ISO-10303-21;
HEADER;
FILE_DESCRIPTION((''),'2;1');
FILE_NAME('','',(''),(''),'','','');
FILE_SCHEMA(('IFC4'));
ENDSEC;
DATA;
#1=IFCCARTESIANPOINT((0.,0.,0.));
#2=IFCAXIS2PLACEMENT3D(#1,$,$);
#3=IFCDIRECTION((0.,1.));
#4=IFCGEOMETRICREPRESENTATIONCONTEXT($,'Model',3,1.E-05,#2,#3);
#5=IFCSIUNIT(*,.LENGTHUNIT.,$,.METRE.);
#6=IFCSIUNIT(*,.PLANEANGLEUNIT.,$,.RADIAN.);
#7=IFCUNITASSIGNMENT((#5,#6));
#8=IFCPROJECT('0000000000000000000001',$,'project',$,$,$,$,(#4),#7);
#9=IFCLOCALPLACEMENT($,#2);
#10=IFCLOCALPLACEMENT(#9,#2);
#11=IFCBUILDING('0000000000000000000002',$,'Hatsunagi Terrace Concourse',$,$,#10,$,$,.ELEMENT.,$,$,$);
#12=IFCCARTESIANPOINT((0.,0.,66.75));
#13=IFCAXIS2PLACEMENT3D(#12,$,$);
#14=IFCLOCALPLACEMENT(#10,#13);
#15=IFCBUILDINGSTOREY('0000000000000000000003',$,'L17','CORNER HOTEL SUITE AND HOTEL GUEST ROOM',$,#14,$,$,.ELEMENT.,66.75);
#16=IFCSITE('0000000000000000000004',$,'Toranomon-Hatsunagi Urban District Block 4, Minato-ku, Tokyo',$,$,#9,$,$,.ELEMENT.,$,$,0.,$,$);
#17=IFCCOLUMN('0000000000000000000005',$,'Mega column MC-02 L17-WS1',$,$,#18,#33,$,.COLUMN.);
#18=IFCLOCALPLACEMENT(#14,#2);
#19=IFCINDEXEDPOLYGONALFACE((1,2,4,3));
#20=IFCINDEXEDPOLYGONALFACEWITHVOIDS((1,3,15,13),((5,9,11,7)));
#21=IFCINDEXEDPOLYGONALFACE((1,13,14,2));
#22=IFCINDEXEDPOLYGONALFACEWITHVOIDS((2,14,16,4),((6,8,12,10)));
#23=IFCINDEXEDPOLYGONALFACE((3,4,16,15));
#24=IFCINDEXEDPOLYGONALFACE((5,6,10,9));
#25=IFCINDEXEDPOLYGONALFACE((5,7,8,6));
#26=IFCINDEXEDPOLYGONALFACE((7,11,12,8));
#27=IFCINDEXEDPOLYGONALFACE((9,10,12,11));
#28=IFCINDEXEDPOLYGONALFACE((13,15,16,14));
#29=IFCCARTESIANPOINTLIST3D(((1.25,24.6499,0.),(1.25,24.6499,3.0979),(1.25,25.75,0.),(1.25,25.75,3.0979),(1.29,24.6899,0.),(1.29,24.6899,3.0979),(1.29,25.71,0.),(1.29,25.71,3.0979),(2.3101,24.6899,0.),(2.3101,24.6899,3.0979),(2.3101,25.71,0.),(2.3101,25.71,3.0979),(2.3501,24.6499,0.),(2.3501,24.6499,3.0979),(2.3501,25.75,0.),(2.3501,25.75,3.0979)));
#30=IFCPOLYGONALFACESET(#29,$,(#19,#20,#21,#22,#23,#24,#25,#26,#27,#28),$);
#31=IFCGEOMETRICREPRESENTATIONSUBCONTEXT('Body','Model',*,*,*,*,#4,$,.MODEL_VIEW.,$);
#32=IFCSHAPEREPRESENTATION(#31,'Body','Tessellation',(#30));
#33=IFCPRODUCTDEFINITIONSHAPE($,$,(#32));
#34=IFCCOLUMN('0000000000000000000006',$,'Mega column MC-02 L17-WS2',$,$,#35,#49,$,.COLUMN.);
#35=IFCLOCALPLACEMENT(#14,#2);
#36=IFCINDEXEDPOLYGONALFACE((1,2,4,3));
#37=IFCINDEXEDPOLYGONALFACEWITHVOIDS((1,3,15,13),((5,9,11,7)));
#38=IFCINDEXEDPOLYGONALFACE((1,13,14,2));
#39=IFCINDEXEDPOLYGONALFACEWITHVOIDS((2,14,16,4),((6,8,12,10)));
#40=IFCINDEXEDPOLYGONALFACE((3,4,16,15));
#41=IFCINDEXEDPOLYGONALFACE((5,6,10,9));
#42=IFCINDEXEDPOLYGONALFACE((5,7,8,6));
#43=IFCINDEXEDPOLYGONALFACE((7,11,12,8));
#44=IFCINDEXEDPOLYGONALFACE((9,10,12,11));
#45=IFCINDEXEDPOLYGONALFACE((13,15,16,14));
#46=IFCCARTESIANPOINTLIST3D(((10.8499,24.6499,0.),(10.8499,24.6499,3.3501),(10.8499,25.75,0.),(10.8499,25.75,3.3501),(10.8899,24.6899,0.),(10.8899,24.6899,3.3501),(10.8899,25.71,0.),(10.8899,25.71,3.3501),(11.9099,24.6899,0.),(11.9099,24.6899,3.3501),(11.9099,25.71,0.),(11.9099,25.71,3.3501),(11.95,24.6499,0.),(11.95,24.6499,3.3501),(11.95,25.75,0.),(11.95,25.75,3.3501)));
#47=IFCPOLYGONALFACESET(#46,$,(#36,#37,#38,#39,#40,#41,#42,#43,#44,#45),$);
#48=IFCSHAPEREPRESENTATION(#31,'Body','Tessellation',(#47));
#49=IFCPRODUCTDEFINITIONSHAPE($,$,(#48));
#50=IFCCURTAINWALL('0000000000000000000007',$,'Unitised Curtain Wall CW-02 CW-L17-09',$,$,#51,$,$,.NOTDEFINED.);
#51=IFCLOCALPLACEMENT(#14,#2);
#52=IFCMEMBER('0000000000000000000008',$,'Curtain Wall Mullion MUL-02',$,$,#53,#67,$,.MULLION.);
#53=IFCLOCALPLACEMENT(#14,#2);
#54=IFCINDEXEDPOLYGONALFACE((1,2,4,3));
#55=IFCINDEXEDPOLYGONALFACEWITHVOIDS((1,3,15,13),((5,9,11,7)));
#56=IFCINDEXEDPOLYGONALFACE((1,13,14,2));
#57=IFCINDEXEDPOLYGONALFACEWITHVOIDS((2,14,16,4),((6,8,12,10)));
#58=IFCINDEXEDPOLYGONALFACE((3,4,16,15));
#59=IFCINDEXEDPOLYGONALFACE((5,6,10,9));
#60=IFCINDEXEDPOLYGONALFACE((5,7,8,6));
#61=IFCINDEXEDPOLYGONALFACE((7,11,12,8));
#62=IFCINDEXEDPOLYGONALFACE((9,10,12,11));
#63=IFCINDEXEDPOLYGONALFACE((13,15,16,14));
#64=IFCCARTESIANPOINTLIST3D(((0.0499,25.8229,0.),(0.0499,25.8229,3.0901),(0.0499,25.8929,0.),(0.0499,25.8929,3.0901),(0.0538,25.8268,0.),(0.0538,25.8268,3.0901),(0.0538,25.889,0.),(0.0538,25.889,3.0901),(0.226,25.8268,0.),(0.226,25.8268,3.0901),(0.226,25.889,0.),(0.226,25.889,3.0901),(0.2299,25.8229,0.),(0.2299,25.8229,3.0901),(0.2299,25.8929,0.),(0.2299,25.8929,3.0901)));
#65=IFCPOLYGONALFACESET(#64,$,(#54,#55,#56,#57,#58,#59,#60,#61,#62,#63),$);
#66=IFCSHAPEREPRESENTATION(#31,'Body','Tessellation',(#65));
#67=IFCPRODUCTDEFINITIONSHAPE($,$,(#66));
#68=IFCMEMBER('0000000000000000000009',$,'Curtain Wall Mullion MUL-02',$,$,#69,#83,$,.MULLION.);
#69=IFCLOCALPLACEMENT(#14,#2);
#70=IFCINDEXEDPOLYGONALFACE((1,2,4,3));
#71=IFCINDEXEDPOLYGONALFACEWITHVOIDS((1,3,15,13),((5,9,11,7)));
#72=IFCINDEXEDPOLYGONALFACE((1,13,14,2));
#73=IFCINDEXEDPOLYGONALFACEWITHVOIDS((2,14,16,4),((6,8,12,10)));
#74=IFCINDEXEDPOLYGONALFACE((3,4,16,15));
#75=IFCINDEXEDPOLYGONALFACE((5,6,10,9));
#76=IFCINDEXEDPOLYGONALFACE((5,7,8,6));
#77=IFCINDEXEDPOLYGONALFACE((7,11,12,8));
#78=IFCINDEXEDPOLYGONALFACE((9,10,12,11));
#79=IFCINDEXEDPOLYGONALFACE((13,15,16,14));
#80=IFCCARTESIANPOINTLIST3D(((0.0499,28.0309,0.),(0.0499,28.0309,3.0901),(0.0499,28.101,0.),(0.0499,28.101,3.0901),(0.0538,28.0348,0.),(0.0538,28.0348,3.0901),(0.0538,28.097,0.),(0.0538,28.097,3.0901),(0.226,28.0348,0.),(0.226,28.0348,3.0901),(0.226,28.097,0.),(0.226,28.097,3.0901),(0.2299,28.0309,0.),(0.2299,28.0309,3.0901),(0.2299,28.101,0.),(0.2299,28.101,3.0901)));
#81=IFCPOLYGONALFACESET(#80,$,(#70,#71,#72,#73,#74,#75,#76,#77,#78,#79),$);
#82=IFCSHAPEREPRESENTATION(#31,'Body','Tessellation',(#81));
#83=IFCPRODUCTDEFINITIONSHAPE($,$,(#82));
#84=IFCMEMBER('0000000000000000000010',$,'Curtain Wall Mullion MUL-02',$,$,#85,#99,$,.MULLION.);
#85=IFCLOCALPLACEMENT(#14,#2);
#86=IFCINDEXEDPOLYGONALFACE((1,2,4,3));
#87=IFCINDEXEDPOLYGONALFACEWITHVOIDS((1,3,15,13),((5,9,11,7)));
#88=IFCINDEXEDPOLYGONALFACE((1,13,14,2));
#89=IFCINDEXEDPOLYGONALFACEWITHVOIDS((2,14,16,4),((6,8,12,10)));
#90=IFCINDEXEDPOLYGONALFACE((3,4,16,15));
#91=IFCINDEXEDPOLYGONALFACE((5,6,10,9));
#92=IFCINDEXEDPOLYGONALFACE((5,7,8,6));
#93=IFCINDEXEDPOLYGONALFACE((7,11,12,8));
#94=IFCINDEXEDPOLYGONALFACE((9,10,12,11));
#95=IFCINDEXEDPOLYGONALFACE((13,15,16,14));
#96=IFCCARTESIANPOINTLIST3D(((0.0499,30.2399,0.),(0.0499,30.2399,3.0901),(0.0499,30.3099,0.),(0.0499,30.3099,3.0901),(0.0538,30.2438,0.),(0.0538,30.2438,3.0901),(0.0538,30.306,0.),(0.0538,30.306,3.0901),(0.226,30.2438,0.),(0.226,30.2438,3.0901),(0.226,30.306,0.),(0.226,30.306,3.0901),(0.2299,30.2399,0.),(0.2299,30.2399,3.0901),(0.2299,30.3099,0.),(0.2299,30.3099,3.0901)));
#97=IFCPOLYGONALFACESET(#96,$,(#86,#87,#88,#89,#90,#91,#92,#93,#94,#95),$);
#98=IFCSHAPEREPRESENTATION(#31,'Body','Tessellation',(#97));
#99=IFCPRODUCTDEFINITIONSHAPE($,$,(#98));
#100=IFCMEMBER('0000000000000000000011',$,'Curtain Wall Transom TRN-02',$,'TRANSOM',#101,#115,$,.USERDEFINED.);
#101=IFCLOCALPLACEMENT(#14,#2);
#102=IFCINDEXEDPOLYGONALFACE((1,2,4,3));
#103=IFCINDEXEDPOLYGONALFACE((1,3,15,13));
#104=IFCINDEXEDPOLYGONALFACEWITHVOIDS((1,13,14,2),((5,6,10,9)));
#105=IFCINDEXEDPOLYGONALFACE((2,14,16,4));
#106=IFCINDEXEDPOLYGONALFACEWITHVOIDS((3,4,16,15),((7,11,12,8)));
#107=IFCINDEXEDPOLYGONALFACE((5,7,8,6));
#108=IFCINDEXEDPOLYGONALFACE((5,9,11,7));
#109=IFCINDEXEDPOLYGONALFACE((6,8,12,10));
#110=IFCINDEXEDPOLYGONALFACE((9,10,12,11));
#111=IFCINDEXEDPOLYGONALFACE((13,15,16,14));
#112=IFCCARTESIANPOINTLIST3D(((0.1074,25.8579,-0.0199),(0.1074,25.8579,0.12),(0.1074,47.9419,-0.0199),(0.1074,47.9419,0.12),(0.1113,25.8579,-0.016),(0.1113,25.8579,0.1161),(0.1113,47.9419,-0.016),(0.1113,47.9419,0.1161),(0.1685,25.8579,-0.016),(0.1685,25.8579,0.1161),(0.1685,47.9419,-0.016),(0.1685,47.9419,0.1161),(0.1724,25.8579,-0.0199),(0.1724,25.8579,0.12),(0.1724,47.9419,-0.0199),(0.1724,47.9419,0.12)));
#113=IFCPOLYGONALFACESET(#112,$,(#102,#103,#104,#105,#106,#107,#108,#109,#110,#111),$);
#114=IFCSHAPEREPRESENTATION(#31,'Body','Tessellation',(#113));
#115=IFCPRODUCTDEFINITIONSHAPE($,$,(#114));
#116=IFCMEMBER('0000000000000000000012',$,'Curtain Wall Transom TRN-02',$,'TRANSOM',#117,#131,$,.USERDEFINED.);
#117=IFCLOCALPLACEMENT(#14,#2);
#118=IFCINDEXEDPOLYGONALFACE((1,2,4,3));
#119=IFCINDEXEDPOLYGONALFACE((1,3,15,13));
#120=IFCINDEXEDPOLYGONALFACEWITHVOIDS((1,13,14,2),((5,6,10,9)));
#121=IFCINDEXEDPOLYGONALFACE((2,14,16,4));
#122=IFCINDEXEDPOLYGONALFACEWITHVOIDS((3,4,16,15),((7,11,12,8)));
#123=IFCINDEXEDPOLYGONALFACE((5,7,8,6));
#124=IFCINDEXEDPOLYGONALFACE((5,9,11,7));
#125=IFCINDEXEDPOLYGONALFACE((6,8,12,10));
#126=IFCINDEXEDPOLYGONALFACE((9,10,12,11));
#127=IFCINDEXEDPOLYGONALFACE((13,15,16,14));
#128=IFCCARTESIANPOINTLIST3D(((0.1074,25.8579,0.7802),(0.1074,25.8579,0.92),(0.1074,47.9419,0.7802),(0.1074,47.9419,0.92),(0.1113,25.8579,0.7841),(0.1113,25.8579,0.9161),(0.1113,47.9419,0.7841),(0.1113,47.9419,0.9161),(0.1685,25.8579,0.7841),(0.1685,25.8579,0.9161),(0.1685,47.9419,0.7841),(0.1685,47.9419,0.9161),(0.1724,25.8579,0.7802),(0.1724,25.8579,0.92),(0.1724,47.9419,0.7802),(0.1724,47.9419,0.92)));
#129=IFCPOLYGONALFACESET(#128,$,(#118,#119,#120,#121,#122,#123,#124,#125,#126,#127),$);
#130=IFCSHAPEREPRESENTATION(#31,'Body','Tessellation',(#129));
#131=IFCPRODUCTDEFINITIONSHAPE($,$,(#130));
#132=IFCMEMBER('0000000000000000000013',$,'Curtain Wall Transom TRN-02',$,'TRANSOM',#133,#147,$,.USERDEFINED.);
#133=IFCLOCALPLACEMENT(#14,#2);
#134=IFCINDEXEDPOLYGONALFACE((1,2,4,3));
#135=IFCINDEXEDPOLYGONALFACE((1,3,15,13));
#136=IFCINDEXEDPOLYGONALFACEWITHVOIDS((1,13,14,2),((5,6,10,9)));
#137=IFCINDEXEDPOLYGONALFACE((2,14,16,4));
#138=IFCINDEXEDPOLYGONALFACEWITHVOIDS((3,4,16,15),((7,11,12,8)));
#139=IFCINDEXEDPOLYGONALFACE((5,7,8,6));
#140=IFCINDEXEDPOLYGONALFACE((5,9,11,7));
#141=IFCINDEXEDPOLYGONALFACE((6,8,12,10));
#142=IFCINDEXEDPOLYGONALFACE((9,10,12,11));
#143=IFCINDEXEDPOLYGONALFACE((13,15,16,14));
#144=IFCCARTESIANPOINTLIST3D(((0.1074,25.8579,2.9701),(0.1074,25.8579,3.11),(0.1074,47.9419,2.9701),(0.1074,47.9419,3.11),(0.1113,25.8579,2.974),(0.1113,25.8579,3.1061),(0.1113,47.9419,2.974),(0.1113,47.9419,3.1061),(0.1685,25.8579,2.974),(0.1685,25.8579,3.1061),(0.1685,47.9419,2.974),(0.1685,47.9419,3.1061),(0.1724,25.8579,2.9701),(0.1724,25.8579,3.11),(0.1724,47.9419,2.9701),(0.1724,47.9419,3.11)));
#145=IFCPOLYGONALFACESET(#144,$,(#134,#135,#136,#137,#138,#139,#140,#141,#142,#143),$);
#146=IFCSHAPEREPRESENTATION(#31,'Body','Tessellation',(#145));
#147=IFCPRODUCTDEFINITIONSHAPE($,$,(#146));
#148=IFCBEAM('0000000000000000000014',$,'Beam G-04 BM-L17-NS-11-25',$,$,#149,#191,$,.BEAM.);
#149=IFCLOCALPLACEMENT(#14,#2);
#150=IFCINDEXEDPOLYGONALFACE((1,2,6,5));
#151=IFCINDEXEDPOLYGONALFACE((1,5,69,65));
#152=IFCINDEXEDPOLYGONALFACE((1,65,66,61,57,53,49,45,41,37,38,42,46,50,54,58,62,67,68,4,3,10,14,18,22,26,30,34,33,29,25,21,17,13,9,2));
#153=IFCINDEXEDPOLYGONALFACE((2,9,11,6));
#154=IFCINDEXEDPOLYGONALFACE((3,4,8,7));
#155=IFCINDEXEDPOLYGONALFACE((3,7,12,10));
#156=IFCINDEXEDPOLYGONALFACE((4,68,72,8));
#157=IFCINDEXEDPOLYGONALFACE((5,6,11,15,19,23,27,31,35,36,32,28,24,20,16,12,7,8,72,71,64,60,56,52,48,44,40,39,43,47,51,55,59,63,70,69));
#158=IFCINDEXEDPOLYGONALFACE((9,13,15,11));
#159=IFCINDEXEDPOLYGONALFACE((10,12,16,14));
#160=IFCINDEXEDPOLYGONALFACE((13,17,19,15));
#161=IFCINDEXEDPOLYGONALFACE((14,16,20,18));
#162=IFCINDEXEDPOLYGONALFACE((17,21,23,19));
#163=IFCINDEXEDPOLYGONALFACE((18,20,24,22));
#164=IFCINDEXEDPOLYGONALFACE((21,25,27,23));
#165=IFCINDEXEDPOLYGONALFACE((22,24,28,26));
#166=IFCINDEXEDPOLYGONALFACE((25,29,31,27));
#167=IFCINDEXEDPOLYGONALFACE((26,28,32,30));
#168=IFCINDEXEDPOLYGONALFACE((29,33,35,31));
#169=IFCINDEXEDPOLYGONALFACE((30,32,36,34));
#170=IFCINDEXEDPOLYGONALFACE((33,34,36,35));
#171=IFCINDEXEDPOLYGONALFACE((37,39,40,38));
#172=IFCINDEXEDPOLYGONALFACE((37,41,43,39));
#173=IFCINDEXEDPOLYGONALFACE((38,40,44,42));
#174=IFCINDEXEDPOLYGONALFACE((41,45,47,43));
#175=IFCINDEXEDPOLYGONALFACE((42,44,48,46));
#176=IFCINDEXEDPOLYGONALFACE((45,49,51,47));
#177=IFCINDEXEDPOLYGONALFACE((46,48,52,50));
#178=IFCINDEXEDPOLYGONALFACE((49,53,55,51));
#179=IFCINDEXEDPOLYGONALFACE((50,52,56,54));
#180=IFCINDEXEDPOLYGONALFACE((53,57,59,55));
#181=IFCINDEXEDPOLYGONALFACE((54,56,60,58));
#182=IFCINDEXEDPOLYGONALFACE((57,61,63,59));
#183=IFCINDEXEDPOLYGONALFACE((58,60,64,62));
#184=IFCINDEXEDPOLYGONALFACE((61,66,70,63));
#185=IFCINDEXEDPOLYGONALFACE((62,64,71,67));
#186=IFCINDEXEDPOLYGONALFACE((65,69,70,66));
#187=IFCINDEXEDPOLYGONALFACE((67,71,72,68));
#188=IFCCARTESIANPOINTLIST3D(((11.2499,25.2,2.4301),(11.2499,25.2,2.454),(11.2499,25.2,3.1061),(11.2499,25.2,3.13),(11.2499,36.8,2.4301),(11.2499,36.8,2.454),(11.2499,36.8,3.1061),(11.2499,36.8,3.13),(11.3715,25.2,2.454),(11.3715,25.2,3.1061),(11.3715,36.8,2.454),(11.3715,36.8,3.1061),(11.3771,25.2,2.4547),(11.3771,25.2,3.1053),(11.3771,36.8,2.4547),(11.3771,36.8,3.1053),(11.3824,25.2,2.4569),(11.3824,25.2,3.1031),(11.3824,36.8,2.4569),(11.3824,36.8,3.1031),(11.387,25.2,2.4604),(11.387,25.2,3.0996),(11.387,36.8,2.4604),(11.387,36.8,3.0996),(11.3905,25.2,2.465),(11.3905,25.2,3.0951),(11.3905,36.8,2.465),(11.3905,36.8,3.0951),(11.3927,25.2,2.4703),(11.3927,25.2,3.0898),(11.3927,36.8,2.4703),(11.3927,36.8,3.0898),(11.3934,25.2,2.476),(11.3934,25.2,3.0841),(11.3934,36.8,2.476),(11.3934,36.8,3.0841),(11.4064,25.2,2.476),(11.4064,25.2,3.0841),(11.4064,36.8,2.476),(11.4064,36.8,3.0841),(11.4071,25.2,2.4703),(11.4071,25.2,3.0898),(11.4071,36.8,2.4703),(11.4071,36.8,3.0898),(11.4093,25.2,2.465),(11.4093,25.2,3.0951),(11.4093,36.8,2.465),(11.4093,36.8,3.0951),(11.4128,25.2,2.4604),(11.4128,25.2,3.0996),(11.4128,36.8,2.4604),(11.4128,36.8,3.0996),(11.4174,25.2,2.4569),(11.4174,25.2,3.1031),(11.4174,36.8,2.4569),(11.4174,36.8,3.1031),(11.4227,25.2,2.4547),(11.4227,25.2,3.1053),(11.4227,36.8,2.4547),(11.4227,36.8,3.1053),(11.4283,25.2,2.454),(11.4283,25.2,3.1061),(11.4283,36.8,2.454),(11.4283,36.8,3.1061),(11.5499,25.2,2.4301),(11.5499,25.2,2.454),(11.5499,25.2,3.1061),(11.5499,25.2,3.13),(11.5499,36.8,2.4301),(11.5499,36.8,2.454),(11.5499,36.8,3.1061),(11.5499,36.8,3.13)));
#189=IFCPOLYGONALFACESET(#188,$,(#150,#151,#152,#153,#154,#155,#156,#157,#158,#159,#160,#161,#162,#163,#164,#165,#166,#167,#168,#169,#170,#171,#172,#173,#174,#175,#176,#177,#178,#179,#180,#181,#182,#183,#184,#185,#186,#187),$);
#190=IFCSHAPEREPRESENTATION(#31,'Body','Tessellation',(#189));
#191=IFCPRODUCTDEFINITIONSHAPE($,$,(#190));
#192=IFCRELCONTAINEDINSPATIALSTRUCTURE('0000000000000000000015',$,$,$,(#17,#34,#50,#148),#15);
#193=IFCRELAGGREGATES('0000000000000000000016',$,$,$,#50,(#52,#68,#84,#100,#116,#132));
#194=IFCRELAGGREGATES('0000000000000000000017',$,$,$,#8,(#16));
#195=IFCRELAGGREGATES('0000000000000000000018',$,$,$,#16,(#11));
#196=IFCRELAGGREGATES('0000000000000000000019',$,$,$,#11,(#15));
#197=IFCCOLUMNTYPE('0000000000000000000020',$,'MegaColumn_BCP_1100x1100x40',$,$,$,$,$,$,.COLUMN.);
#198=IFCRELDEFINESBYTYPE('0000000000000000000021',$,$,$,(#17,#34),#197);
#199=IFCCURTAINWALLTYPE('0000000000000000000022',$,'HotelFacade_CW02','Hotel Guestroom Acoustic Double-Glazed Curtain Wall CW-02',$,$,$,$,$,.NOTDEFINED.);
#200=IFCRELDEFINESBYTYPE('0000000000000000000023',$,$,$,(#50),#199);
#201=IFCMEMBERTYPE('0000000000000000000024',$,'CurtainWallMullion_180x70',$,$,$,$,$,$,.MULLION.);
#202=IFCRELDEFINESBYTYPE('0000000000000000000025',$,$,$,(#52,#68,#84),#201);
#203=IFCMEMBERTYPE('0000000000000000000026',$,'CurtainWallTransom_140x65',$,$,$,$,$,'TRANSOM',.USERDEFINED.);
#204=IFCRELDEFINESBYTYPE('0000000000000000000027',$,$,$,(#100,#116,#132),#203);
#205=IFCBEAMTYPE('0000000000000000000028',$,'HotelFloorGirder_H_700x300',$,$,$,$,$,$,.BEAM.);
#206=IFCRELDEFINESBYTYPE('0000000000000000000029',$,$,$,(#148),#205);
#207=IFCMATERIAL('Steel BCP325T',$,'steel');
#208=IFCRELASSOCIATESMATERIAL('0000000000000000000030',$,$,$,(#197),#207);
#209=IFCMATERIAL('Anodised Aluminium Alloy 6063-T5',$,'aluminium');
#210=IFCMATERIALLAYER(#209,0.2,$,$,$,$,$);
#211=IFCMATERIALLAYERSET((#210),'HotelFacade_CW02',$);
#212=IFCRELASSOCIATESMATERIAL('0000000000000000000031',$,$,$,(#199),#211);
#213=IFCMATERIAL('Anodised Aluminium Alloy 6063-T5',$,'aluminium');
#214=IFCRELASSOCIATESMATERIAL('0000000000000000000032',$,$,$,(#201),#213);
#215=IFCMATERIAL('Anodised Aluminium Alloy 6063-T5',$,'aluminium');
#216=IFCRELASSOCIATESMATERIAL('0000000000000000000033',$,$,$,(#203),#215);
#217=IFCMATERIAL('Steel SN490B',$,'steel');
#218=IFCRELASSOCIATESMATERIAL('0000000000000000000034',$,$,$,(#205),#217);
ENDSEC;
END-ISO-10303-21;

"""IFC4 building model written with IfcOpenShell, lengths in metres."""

from ifc_helpers import new_model, si_unit, direction, frame, origin, origin_2d, place, context, subcontext, project, spatial, hollow_rectangle, i_section, extrude, material, layer, layer_set, material_profile, profile_set, type_object, element, aggregate, save


model = new_model("IFC4")

# Units and contexts
model_context = context("Model", 3, precision=1e-05, world=origin(), true_north=direction((0.0, 1.0)))
body_context = subcontext(model_context, "Body", "Model", "MODEL_VIEW")
ifc_project = project(units=[si_unit("LENGTHUNIT", "METRE"), si_unit("PLANEANGLEUNIT", "RADIAN")], contexts=[model_context])

# Site, building, storey
site_placement = place(None, origin())
site = spatial("IfcSite", under=ifc_project, at=site_placement, Name="Toranomon-Hatsunagi Urban District Block 4, Minato-ku, Tokyo", CompositionType="ELEMENT", RefElevation=0.0)
building_placement = place(site_placement, origin())
building = spatial("IfcBuilding", under=site, at=building_placement, Name="Hatsunagi Terrace Concourse", CompositionType="ELEMENT")
storey_placement = place(building_placement, frame((0.0, 0.0, 66.75)))
storey = spatial("IfcBuildingStorey", under=building, at=storey_placement, Name="L17", Description="CORNER HOTEL SUITE AND HOTEL GUEST ROOM", CompositionType="ELEMENT", Elevation=66.75)

# Columns
ifc_material_1 = material(Name="Steel BCP325T", Category="steel")
ifc_material_profile_1 = material_profile(ifc_material_1, hollow_rectangle(XDim=1.1001, YDim=1.1001, WallThickness=0.04, at=origin_2d()), Name="BCP-1100x1100x40")
ifc_profile_set_1 = profile_set([ifc_material_profile_1], Name="Steel BCP325T")
column_type = type_object("IfcColumnType", Name="MegaColumn_BCP_1100x1100x40", PredefinedType="COLUMN", material=ifc_profile_set_1)
column_1_placement = place(storey_placement, frame((1.8, 25.2, 0.0), z_axis=(0.0, 0.0, 1.0), x_axis=(1.0, 0.0, 0.0)))
element("IfcColumn", 1, at=column_1_placement, inside=storey, type_object=column_type, Name="Mega column MC-02 L17-WS1", PredefinedType="COLUMN", context=body_context, shape_type="SweptSolid", body=[
    extrude(hollow_rectangle(XDim=1.1001, YDim=1.1001, WallThickness=0.04, at=origin_2d()), origin(), (0.0, 0.0, 1.0), 3.0979),
])
column_2_placement = place(storey_placement, frame((11.3999, 25.2, 0.0), z_axis=(0.0, 0.0, 1.0), x_axis=(1.0, 0.0, 0.0)))
element("IfcColumn", 2, at=column_2_placement, inside=storey, type_object=column_type, Name="Mega column MC-02 L17-WS2", PredefinedType="COLUMN", context=body_context, shape_type="SweptSolid", body=[
    extrude(hollow_rectangle(XDim=1.1001, YDim=1.1001, WallThickness=0.04, at=origin_2d()), origin(), (0.0, 0.0, 1.0), 3.3501),
])

# Curtain wall, members
ifc_material_2 = material(Name="Anodised Aluminium Alloy 6063-T5", Category="aluminium")
ifc_layer_1 = layer(ifc_material_2, 0.2)
ifc_layer_set_1 = layer_set([ifc_layer_1], Name="HotelFacade_CW02")
curtain_wall_type = type_object("IfcCurtainWallType", Name="HotelFacade_CW02", Description="Hotel Guestroom Acoustic Double-Glazed Curtain Wall CW-02", PredefinedType="NOTDEFINED", material=ifc_layer_set_1)
curtain_wall_placement = place(storey_placement, origin())
curtain_wall = element("IfcCurtainWall", 3, at=curtain_wall_placement, inside=storey, type_object=curtain_wall_type, Name="Unitised Curtain Wall CW-02 CW-L17-09", PredefinedType="NOTDEFINED")
ifc_material_3 = material(Name="Anodised Aluminium Alloy 6063-T5", Category="aluminium")
ifc_material_profile_2 = material_profile(ifc_material_3, hollow_rectangle(XDim=0.0701, YDim=0.1799, WallThickness=0.0039, at=origin_2d()), Name="ALU-MUL-180x70x4")
ifc_profile_set_2 = profile_set([ifc_material_profile_2], Name="Anodised Aluminium Alloy 6063-T5")
member_type_1 = type_object("IfcMemberType", Name="CurtainWallMullion_180x70", PredefinedType="MULLION", material=ifc_profile_set_2)
member_1_placement = place(storey_placement, frame((0.1399, 25.8579, 0.0), z_axis=(0.0, 0.0, 1.0), x_axis=(0.0, 1.0, 0.0)))
member_1 = element("IfcMember", 4, at=member_1_placement, type_object=member_type_1, Name="Curtain Wall Mullion MUL-02", PredefinedType="MULLION", context=body_context, shape_type="SweptSolid", body=[
    extrude(hollow_rectangle(XDim=0.0701, YDim=0.1799, WallThickness=0.0039, at=origin_2d()), origin(), (0.0, 0.0, 1.0), 3.0901),
])
member_2_placement = place(storey_placement, frame((0.1399, 28.0659, 0.0), z_axis=(0.0, 0.0, 1.0), x_axis=(0.0, 1.0, 0.0)))
member_2 = element("IfcMember", 5, at=member_2_placement, type_object=member_type_1, Name="Curtain Wall Mullion MUL-02", PredefinedType="MULLION", context=body_context, shape_type="SweptSolid", body=[
    extrude(hollow_rectangle(XDim=0.0701, YDim=0.1799, WallThickness=0.0039, at=origin_2d()), origin(), (0.0, 0.0, 1.0), 3.0901),
])
member_3_placement = place(storey_placement, frame((0.1399, 30.2749, 0.0), z_axis=(0.0, 0.0, 1.0), x_axis=(0.0, 1.0, 0.0)))
member_3 = element("IfcMember", 6, at=member_3_placement, type_object=member_type_1, Name="Curtain Wall Mullion MUL-02", PredefinedType="MULLION", context=body_context, shape_type="SweptSolid", body=[
    extrude(hollow_rectangle(XDim=0.0701, YDim=0.1799, WallThickness=0.0039, at=origin_2d()), origin(), (0.0, 0.0, 1.0), 3.0901),
])
ifc_material_4 = material(Name="Anodised Aluminium Alloy 6063-T5", Category="aluminium")
ifc_material_profile_3 = material_profile(ifc_material_4, hollow_rectangle(XDim=0.0649, YDim=0.1399, WallThickness=0.0039, at=origin_2d()), Name="ALU-TRN-140x65x4")
ifc_profile_set_3 = profile_set([ifc_material_profile_3], Name="Anodised Aluminium Alloy 6063-T5")
member_type_2 = type_object("IfcMemberType", Name="CurtainWallTransom_140x65", ElementType="TRANSOM", PredefinedType="USERDEFINED", material=ifc_profile_set_3)
member_4_placement = place(storey_placement, frame((0.1399, 25.8579, 0.05), z_axis=(0.0, 1.0, 0.0), x_axis=(-1.0, 0.0, 0.0)))
member_4 = element("IfcMember", 7, at=member_4_placement, type_object=member_type_2, Name="Curtain Wall Transom TRN-02", ObjectType="TRANSOM", PredefinedType="USERDEFINED", context=body_context, shape_type="SweptSolid", body=[
    extrude(hollow_rectangle(XDim=0.0649, YDim=0.1399, WallThickness=0.0039, at=origin_2d()), origin(), (0.0, 0.0, 1.0), 22.084),
])
member_5_placement = place(storey_placement, frame((0.1399, 25.8579, 0.8501), z_axis=(0.0, 1.0, 0.0), x_axis=(-1.0, 0.0, 0.0)))
member_5 = element("IfcMember", 8, at=member_5_placement, type_object=member_type_2, Name="Curtain Wall Transom TRN-02", ObjectType="TRANSOM", PredefinedType="USERDEFINED", context=body_context, shape_type="SweptSolid", body=[
    extrude(hollow_rectangle(XDim=0.0649, YDim=0.1399, WallThickness=0.0039, at=origin_2d()), origin(), (0.0, 0.0, 1.0), 22.084),
])
member_6_placement = place(storey_placement, frame((0.1399, 25.8579, 3.04), z_axis=(0.0, 1.0, 0.0), x_axis=(-1.0, 0.0, 0.0)))
member_6 = element("IfcMember", 9, at=member_6_placement, type_object=member_type_2, Name="Curtain Wall Transom TRN-02", ObjectType="TRANSOM", PredefinedType="USERDEFINED", context=body_context, shape_type="SweptSolid", body=[
    extrude(hollow_rectangle(XDim=0.0649, YDim=0.1399, WallThickness=0.0039, at=origin_2d()), origin(), (0.0, 0.0, 1.0), 22.084),
])

# Beam
ifc_material_5 = material(Name="Steel SN490B", Category="steel")
ifc_material_profile_4 = material_profile(ifc_material_5, i_section(OverallWidth=0.3, OverallDepth=0.7, WebThickness=0.0129, FlangeThickness=0.0239, FilletRadius=0.022, at=origin_2d()), Name="H-700x300x13x24")
ifc_profile_set_4 = profile_set([ifc_material_profile_4], Name="Steel SN490B")
beam_type_1 = type_object("IfcBeamType", Name="HotelFloorGirder_H_700x300", PredefinedType="BEAM", material=ifc_profile_set_4)
beam_1_placement = place(storey_placement, frame((11.3999, 25.2, 2.78), z_axis=(0.0, 1.0, 0.0), x_axis=(-1.0, 0.0, 0.0)))
element("IfcBeam", 10, at=beam_1_placement, inside=storey, type_object=beam_type_1, Name="Beam G-04 BM-L17-NS-11-25", PredefinedType="BEAM", context=body_context, shape_type="SweptSolid", body=[
    extrude(i_section(OverallWidth=0.3, OverallDepth=0.7, WebThickness=0.0129, FlangeThickness=0.0239, FilletRadius=0.022, at=origin_2d()), origin(), (0.0, 0.0, 1.0), 11.6001),
])

aggregate(curtain_wall, [member_1, member_2, member_3, member_4, member_5, member_6])

save(model, "model.ifc")
